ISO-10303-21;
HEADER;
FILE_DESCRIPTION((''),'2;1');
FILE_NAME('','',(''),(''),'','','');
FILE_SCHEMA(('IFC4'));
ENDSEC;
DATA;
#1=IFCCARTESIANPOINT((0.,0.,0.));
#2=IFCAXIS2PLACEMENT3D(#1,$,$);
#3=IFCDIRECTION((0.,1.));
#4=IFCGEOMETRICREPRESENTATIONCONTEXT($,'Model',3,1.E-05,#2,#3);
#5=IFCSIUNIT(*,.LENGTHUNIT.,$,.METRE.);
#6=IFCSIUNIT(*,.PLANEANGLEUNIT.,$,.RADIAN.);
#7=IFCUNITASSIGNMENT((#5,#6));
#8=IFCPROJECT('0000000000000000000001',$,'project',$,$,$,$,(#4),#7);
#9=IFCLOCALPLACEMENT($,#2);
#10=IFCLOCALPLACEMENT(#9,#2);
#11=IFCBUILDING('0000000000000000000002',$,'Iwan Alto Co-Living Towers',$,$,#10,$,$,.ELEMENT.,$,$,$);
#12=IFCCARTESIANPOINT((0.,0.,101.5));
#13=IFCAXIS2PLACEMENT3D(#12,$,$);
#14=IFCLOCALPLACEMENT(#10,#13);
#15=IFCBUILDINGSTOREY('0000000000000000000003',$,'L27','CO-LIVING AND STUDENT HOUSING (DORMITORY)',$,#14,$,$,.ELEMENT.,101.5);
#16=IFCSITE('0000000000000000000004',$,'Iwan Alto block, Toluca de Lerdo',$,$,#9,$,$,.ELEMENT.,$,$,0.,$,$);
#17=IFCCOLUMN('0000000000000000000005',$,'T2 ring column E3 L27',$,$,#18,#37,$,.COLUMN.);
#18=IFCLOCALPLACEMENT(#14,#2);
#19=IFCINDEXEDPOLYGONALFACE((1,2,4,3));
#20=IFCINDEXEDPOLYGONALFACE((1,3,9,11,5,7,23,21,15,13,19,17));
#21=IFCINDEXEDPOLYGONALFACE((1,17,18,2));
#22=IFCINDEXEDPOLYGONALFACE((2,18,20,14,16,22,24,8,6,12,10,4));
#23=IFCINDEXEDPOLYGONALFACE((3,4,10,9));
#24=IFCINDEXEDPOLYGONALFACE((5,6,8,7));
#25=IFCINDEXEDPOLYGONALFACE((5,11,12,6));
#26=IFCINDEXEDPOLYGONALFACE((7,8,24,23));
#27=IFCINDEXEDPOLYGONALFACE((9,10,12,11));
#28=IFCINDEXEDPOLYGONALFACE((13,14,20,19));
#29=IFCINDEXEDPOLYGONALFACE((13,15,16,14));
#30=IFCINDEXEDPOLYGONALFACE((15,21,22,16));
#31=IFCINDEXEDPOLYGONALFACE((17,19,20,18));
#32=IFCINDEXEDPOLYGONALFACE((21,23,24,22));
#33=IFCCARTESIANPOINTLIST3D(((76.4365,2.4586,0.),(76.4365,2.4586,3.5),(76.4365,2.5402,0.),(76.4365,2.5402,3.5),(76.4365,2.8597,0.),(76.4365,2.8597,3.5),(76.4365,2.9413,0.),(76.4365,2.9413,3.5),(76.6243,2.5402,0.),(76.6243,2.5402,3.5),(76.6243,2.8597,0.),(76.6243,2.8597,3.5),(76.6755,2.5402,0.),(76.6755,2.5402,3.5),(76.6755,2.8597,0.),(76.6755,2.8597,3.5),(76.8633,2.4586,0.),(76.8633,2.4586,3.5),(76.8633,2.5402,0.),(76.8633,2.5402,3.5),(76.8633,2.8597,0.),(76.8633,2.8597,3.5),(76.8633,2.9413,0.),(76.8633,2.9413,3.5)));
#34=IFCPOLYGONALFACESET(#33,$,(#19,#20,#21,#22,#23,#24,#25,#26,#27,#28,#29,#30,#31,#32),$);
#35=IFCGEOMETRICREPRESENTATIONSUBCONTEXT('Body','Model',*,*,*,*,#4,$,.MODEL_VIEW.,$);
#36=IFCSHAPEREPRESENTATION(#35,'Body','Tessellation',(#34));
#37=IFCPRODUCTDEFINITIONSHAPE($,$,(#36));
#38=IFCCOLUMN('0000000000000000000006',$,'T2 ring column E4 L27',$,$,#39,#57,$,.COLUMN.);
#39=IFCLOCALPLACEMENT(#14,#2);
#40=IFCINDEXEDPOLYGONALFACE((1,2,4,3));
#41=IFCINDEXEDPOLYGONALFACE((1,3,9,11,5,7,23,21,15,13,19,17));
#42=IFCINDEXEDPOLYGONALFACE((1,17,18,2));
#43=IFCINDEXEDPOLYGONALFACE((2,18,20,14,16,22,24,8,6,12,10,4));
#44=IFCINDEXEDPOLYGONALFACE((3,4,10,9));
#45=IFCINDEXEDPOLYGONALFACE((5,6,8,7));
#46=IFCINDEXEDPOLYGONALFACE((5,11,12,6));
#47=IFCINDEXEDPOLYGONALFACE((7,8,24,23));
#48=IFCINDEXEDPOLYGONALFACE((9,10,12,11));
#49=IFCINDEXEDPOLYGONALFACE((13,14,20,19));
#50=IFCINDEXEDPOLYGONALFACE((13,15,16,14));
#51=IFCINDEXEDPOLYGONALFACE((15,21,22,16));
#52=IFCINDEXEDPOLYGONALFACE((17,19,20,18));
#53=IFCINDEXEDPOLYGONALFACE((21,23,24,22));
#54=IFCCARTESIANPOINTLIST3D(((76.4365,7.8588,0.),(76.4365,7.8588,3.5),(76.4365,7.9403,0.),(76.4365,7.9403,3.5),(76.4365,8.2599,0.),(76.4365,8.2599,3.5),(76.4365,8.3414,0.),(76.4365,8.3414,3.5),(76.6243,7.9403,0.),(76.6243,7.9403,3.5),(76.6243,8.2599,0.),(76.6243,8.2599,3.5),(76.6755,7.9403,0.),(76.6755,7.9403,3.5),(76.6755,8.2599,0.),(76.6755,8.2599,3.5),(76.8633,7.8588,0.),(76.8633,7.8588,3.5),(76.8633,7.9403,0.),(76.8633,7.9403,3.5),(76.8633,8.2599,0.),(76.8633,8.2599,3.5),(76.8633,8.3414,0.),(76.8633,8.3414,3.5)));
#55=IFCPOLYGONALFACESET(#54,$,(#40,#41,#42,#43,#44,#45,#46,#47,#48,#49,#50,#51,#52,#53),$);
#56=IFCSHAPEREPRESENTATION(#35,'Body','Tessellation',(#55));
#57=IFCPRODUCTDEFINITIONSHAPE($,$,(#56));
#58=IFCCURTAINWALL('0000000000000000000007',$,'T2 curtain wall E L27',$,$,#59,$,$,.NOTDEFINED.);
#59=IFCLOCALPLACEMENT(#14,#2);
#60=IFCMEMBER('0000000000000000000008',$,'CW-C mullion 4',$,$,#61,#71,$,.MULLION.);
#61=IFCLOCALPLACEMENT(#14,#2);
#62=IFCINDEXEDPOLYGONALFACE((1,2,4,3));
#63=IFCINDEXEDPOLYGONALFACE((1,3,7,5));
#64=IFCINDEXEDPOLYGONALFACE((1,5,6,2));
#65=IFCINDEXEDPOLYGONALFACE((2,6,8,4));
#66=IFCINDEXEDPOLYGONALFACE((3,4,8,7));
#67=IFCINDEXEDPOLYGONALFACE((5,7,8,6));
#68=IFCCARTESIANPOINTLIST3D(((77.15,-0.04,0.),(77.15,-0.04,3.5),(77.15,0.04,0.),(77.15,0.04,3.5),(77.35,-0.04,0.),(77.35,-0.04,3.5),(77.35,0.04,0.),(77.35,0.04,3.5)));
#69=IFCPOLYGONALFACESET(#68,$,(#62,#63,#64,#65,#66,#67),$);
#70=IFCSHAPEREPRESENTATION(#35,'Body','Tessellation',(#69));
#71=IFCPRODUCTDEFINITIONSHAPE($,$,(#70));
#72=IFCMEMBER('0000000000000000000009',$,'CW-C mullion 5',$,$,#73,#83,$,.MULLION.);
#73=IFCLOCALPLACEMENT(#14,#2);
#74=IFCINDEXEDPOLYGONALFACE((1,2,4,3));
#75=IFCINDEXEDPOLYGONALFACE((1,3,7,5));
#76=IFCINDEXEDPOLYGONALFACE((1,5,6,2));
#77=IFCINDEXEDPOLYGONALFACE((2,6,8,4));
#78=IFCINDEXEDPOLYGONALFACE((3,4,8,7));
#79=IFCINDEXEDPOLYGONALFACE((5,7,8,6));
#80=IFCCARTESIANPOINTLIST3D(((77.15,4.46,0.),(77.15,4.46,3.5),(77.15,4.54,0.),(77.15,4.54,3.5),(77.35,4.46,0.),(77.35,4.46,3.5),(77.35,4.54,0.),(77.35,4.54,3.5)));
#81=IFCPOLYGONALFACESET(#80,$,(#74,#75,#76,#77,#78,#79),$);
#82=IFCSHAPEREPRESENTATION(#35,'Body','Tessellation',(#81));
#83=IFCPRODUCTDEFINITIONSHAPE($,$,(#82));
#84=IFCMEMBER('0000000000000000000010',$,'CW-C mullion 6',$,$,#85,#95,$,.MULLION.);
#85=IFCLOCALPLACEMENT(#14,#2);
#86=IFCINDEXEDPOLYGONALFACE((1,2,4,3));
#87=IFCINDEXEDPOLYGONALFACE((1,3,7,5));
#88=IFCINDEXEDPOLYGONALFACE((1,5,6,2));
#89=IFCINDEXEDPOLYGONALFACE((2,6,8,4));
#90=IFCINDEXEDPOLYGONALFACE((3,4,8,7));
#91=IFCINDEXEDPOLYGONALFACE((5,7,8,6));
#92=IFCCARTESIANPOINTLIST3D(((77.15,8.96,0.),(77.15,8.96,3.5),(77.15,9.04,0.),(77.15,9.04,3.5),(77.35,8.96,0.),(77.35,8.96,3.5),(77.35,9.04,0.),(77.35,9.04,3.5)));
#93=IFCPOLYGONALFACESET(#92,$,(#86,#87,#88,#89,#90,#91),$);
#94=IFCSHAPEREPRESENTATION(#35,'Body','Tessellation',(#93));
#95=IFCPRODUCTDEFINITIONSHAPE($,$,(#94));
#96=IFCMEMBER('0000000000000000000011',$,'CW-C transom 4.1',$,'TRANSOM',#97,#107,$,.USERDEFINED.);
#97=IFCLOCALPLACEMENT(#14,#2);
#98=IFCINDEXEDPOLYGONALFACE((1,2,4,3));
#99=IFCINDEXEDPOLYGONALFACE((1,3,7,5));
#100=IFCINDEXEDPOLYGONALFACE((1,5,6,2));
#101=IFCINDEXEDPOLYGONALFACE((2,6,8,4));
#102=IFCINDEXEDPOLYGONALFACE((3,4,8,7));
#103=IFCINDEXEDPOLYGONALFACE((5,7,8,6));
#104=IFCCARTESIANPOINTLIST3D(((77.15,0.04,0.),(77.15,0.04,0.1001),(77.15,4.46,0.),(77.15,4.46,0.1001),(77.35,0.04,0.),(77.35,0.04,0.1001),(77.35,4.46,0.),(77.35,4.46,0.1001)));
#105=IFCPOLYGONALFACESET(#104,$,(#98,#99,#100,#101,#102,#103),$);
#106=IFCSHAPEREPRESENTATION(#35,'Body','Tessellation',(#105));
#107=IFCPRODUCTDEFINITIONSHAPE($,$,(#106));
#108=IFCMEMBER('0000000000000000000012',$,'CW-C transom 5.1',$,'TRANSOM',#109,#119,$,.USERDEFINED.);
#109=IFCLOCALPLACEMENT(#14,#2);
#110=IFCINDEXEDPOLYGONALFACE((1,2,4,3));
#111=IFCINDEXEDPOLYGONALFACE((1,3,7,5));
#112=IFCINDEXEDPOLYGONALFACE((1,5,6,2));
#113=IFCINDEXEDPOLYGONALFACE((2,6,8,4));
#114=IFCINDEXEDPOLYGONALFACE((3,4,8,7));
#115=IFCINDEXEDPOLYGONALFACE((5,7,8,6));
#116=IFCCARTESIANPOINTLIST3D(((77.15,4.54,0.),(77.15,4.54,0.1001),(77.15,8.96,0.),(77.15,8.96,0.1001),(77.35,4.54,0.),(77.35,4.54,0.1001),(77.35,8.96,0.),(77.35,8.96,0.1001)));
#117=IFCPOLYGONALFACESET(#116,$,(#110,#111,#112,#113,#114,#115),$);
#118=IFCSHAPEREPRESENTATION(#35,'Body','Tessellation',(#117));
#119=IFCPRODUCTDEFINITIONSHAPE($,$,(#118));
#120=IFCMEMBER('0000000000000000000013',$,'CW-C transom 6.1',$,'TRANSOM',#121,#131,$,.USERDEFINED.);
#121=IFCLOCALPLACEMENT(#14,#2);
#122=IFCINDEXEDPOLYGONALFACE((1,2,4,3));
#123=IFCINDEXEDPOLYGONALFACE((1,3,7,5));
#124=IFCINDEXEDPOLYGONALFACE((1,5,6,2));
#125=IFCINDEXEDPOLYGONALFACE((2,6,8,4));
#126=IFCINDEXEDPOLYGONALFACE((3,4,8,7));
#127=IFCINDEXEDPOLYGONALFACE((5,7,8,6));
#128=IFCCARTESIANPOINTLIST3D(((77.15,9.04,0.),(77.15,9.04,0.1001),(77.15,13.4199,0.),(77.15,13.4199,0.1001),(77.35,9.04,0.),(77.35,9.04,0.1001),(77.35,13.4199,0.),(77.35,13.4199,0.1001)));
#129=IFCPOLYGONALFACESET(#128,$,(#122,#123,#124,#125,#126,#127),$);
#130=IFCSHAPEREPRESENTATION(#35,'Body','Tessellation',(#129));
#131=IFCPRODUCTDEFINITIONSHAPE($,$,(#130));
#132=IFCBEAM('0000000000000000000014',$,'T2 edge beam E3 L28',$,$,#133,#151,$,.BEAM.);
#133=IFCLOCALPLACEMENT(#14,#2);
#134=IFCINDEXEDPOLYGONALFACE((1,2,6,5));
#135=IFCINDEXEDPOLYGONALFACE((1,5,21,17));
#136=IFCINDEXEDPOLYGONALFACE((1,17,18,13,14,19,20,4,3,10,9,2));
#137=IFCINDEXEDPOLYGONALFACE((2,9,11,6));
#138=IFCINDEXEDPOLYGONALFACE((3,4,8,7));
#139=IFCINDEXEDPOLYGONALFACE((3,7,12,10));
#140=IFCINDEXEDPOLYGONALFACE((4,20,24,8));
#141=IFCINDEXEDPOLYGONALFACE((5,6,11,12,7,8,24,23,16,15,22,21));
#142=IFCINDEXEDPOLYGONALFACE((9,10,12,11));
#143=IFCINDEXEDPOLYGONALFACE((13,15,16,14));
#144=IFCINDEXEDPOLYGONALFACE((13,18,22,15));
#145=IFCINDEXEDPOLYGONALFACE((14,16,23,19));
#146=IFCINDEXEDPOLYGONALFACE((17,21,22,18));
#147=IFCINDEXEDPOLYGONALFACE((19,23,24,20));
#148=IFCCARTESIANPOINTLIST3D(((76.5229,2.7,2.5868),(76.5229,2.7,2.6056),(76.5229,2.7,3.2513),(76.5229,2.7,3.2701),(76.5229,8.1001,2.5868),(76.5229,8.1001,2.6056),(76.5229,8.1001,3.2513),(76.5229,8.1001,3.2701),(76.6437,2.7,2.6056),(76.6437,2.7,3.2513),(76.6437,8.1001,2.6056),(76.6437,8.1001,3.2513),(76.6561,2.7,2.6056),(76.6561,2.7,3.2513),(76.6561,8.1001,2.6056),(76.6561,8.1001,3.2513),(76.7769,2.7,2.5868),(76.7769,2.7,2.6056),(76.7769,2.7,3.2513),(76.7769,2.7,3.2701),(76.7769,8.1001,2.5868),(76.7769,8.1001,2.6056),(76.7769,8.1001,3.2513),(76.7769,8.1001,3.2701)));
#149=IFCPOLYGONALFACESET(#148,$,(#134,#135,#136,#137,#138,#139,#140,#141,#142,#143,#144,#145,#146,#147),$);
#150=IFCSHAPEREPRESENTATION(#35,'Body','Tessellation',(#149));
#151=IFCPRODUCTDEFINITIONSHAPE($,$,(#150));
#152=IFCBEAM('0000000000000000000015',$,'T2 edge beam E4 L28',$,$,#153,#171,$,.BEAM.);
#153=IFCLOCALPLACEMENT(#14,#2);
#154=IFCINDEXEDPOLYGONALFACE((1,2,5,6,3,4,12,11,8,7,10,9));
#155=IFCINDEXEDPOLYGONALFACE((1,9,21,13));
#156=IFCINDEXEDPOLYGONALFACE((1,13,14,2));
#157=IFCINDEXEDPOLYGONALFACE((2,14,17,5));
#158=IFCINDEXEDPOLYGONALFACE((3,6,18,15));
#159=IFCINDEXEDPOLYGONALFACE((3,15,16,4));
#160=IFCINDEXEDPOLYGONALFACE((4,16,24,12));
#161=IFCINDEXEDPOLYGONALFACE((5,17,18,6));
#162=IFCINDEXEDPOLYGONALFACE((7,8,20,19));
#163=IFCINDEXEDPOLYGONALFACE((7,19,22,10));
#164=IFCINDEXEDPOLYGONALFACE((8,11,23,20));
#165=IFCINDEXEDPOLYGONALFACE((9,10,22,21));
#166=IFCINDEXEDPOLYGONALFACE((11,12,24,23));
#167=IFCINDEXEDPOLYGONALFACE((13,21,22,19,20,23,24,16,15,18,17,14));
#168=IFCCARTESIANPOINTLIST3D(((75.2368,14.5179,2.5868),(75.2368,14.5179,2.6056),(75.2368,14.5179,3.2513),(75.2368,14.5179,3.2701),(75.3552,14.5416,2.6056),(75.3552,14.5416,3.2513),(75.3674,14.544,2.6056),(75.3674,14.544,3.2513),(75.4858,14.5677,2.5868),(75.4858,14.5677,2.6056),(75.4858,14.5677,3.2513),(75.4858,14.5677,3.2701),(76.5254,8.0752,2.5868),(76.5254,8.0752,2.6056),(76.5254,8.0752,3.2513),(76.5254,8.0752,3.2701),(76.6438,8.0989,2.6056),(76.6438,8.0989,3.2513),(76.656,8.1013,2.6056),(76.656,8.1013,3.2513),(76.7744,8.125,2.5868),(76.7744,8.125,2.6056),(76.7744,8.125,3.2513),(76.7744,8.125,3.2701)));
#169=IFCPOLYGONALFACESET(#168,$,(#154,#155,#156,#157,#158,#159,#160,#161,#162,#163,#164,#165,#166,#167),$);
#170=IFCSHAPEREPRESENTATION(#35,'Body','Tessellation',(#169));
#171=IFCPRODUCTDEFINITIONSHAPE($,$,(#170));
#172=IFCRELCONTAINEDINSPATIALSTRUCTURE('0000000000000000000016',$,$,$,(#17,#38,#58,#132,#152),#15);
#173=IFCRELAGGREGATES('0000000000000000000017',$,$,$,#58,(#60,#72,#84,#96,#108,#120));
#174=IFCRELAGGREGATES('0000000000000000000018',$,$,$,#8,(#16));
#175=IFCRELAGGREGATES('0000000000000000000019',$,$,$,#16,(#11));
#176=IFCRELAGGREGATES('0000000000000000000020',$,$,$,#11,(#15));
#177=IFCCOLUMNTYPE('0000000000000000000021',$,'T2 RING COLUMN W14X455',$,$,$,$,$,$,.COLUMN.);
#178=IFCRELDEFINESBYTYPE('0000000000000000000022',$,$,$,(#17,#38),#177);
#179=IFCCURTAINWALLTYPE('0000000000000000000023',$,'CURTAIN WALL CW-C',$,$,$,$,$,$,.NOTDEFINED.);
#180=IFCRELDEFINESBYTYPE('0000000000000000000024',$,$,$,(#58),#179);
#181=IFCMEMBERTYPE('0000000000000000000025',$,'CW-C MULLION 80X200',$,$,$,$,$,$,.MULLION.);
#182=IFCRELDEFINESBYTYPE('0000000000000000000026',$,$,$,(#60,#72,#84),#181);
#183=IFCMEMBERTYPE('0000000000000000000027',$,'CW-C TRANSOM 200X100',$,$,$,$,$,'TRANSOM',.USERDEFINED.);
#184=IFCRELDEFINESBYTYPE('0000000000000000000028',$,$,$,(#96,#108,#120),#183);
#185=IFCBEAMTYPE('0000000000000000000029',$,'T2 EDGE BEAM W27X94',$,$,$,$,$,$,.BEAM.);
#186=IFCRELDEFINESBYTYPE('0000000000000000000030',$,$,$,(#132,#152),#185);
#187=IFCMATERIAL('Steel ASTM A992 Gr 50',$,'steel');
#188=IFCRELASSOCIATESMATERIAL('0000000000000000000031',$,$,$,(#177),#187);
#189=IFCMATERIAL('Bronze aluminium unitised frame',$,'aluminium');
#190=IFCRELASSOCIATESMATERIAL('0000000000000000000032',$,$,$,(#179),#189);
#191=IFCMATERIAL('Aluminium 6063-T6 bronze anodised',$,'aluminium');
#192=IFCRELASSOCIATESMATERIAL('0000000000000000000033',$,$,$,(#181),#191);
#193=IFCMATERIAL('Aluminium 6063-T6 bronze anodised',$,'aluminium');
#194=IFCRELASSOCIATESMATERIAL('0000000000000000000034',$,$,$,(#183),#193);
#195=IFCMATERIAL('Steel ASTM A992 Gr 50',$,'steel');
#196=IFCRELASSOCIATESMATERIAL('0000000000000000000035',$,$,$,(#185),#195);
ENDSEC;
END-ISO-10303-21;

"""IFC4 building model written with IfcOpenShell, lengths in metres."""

from ifc_helpers import new_model, si_unit, direction, frame, origin, origin_2d, place, context, subcontext, project, spatial, rectangle, i_section, extrude, material, material_profile, profile_set, type_object, element, aggregate, save


model = new_model("IFC4")

# Units and contexts
model_context = context("Model", 3, precision=1e-05, world=origin(), true_north=direction((0.0, 1.0)))
body_context = subcontext(model_context, "Body", "Model", "MODEL_VIEW")
ifc_project = project(units=[si_unit("LENGTHUNIT", "METRE"), si_unit("PLANEANGLEUNIT", "RADIAN")], contexts=[model_context])

# Site, building, storey
site_placement = place(None, origin())
site = spatial("IfcSite", under=ifc_project, at=site_placement, Name="Iwan Alto block, Toluca de Lerdo", CompositionType="ELEMENT", RefElevation=0.0)
building_placement = place(site_placement, origin())
building = spatial("IfcBuilding", under=site, at=building_placement, Name="Iwan Alto Co-Living Towers", CompositionType="ELEMENT")
storey_placement = place(building_placement, frame((0.0, 0.0, 101.5)))
storey = spatial("IfcBuildingStorey", under=building, at=storey_placement, Name="L27", Description="CO-LIVING AND STUDENT HOUSING (DORMITORY)", CompositionType="ELEMENT", Elevation=101.5)

# Columns
ifc_material_1 = material(Name="Steel ASTM A992 Gr 50", Category="steel")
ifc_material_profile_1 = material_profile(ifc_material_1, i_section(OverallWidth=0.4268, OverallDepth=0.4827, WebThickness=0.0513, FlangeThickness=0.0815, at=origin_2d()), Name="W14X455")
ifc_profile_set_1 = profile_set([ifc_material_profile_1], Name="Steel ASTM A992 Gr 50")
column_type = type_object("IfcColumnType", Name="T2 RING COLUMN W14X455", PredefinedType="COLUMN", material=ifc_profile_set_1)
for number, where, z_axis, x_axis, name in (
    (1, (76.6499, 2.7, 0.0), (0.0, 0.0, 1.0), (1.0, 0.0, 0.0), "T2 ring column E3 L27"),
    (2, (76.6499, 8.1001, 0.0), (0.0, 0.0, 1.0), (1.0, 0.0, 0.0), "T2 ring column E4 L27"),
):
    element("IfcColumn", number, at=place(storey_placement, frame(where, z_axis=z_axis, x_axis=x_axis)), inside=storey, type_object=column_type, Name=name, PredefinedType="COLUMN", context=body_context, shape_type="SweptSolid", body=[
        extrude(i_section(OverallWidth=0.4268, OverallDepth=0.4827, WebThickness=0.0513, FlangeThickness=0.0815, at=origin_2d()), origin(), (0.0, 0.0, 1.0), 3.5),
    ])

# Curtain wall, members
ifc_material_2 = material(Name="Bronze aluminium unitised frame", Category="aluminium")
curtain_wall_type = type_object("IfcCurtainWallType", Name="CURTAIN WALL CW-C", PredefinedType="NOTDEFINED", material=ifc_material_2)
curtain_wall_placement = place(storey_placement, origin())
curtain_wall = element("IfcCurtainWall", 3, at=curtain_wall_placement, inside=storey, type_object=curtain_wall_type, Name="T2 curtain wall E L27", PredefinedType="NOTDEFINED")
ifc_material_3 = material(Name="Aluminium 6063-T6 bronze anodised", Category="aluminium")
ifc_material_profile_2 = material_profile(ifc_material_3, rectangle(XDim=0.2, YDim=0.0801, at=origin_2d()), Name="AL 80X200")
ifc_profile_set_2 = profile_set([ifc_material_profile_2], Name="Aluminium 6063-T6 bronze anodised")
member_type_1 = type_object("IfcMemberType", Name="CW-C MULLION 80X200", PredefinedType="MULLION", material=ifc_profile_set_2)
member_1_placement = place(storey_placement, frame((77.25, 0.0, 0.0), z_axis=(0.0, 0.0, 1.0), x_axis=(-1.0, 0.0, 0.0)))
member_1 = element("IfcMember", 4, at=member_1_placement, type_object=member_type_1, Name="CW-C mullion 4", PredefinedType="MULLION", context=body_context, shape_type="SweptSolid", body=[
    extrude(rectangle(XDim=0.2, YDim=0.0801, at=origin_2d()), origin(), (0.0, 0.0, 1.0), 3.5),
])
member_2_placement = place(storey_placement, frame((77.25, 4.5, 0.0), z_axis=(0.0, 0.0, 1.0), x_axis=(-1.0, 0.0, 0.0)))
member_2 = element("IfcMember", 5, at=member_2_placement, type_object=member_type_1, Name="CW-C mullion 5", PredefinedType="MULLION", context=body_context, shape_type="SweptSolid", body=[
    extrude(rectangle(XDim=0.2, YDim=0.0801, at=origin_2d()), origin(), (0.0, 0.0, 1.0), 3.5),
])
member_3_placement = place(storey_placement, frame((77.25, 9.0, 0.0), z_axis=(0.0, 0.0, 1.0), x_axis=(-1.0, 0.0, 0.0)))
member_3 = element("IfcMember", 6, at=member_3_placement, type_object=member_type_1, Name="CW-C mullion 6", PredefinedType="MULLION", context=body_context, shape_type="SweptSolid", body=[
    extrude(rectangle(XDim=0.2, YDim=0.0801, at=origin_2d()), origin(), (0.0, 0.0, 1.0), 3.5),
])
ifc_material_4 = material(Name="Aluminium 6063-T6 bronze anodised", Category="aluminium")
ifc_material_profile_3 = material_profile(ifc_material_4, rectangle(XDim=0.2, YDim=0.1001, at=origin_2d()), Name="AL 200X100")
ifc_profile_set_3 = profile_set([ifc_material_profile_3], Name="Aluminium 6063-T6 bronze anodised")
member_type_2 = type_object("IfcMemberType", Name="CW-C TRANSOM 200X100", ElementType="TRANSOM", PredefinedType="USERDEFINED", material=ifc_profile_set_3)
member_4_placement = place(storey_placement, frame((77.25, 0.04, 0.05), z_axis=(0.0, 1.0, 0.0), x_axis=(-1.0, 0.0, 0.0)))
member_4 = element("IfcMember", 7, at=member_4_placement, type_object=member_type_2, Name="CW-C transom 4.1", ObjectType="TRANSOM", PredefinedType="USERDEFINED", context=body_context, shape_type="SweptSolid", body=[
    extrude(rectangle(XDim=0.2, YDim=0.1001, at=origin_2d()), origin(), (0.0, 0.0, 1.0), 4.4199),
])
member_5_placement = place(storey_placement, frame((77.25, 4.54, 0.05), z_axis=(0.0, 1.0, 0.0), x_axis=(-1.0, 0.0, 0.0)))
member_5 = element("IfcMember", 8, at=member_5_placement, type_object=member_type_2, Name="CW-C transom 5.1", ObjectType="TRANSOM", PredefinedType="USERDEFINED", context=body_context, shape_type="SweptSolid", body=[
    extrude(rectangle(XDim=0.2, YDim=0.1001, at=origin_2d()), origin(), (0.0, 0.0, 1.0), 4.4199),
])
member_6_placement = place(storey_placement, frame((77.25, 9.04, 0.05), z_axis=(0.0, 1.0, 0.0), x_axis=(-1.0, 0.0, 0.0)))
member_6 = element("IfcMember", 9, at=member_6_placement, type_object=member_type_2, Name="CW-C transom 6.1", ObjectType="TRANSOM", PredefinedType="USERDEFINED", context=body_context, shape_type="SweptSolid", body=[
    extrude(rectangle(XDim=0.2, YDim=0.1001, at=origin_2d()), origin(), (0.0, 0.0, 1.0), 4.3799),
])

# Beams
ifc_material_5 = material(Name="Steel ASTM A992 Gr 50", Category="steel")
ifc_material_profile_4 = material_profile(ifc_material_5, i_section(OverallWidth=0.2539, OverallDepth=0.6833, WebThickness=0.0125, FlangeThickness=0.0188, at=origin_2d()), Name="W27X94")
ifc_profile_set_4 = profile_set([ifc_material_profile_4], Name="Steel ASTM A992 Gr 50")
beam_type_1 = type_object("IfcBeamType", Name="T2 EDGE BEAM W27X94", PredefinedType="BEAM", material=ifc_profile_set_4)
beam_1_placement = place(storey_placement, frame((76.6499, 2.7, 2.9285), z_axis=(0.0, 1.0, 0.0), x_axis=(-1.0, 0.0, 0.0)))
element("IfcBeam", 10, at=beam_1_placement, inside=storey, type_object=beam_type_1, Name="T2 edge beam E3 L28", PredefinedType="BEAM", context=body_context, shape_type="SweptSolid", body=[
    extrude(i_section(OverallWidth=0.2539, OverallDepth=0.6833, WebThickness=0.0125, FlangeThickness=0.0188, at=origin_2d()), origin(), (0.0, 0.0, 1.0), 5.4001),
])
beam_2_placement = place(storey_placement, frame((76.6499, 8.1001, 2.9285), z_axis=(-0.196123, 0.980579, 0.0), x_axis=(-0.980579, -0.196123, 0.0)))
element("IfcBeam", 11, at=beam_2_placement, inside=storey, type_object=beam_type_1, Name="T2 edge beam E4 L28", PredefinedType="BEAM", context=body_context, shape_type="SweptSolid", body=[
    extrude(i_section(OverallWidth=0.2539, OverallDepth=0.6833, WebThickness=0.0125, FlangeThickness=0.0188, at=origin_2d()), origin(), (0.0, 0.0, 1.0), 6.5703),
])

aggregate(curtain_wall, [member_1, member_2, member_3, member_4, member_5, member_6])

save(model, "model.ifc")
